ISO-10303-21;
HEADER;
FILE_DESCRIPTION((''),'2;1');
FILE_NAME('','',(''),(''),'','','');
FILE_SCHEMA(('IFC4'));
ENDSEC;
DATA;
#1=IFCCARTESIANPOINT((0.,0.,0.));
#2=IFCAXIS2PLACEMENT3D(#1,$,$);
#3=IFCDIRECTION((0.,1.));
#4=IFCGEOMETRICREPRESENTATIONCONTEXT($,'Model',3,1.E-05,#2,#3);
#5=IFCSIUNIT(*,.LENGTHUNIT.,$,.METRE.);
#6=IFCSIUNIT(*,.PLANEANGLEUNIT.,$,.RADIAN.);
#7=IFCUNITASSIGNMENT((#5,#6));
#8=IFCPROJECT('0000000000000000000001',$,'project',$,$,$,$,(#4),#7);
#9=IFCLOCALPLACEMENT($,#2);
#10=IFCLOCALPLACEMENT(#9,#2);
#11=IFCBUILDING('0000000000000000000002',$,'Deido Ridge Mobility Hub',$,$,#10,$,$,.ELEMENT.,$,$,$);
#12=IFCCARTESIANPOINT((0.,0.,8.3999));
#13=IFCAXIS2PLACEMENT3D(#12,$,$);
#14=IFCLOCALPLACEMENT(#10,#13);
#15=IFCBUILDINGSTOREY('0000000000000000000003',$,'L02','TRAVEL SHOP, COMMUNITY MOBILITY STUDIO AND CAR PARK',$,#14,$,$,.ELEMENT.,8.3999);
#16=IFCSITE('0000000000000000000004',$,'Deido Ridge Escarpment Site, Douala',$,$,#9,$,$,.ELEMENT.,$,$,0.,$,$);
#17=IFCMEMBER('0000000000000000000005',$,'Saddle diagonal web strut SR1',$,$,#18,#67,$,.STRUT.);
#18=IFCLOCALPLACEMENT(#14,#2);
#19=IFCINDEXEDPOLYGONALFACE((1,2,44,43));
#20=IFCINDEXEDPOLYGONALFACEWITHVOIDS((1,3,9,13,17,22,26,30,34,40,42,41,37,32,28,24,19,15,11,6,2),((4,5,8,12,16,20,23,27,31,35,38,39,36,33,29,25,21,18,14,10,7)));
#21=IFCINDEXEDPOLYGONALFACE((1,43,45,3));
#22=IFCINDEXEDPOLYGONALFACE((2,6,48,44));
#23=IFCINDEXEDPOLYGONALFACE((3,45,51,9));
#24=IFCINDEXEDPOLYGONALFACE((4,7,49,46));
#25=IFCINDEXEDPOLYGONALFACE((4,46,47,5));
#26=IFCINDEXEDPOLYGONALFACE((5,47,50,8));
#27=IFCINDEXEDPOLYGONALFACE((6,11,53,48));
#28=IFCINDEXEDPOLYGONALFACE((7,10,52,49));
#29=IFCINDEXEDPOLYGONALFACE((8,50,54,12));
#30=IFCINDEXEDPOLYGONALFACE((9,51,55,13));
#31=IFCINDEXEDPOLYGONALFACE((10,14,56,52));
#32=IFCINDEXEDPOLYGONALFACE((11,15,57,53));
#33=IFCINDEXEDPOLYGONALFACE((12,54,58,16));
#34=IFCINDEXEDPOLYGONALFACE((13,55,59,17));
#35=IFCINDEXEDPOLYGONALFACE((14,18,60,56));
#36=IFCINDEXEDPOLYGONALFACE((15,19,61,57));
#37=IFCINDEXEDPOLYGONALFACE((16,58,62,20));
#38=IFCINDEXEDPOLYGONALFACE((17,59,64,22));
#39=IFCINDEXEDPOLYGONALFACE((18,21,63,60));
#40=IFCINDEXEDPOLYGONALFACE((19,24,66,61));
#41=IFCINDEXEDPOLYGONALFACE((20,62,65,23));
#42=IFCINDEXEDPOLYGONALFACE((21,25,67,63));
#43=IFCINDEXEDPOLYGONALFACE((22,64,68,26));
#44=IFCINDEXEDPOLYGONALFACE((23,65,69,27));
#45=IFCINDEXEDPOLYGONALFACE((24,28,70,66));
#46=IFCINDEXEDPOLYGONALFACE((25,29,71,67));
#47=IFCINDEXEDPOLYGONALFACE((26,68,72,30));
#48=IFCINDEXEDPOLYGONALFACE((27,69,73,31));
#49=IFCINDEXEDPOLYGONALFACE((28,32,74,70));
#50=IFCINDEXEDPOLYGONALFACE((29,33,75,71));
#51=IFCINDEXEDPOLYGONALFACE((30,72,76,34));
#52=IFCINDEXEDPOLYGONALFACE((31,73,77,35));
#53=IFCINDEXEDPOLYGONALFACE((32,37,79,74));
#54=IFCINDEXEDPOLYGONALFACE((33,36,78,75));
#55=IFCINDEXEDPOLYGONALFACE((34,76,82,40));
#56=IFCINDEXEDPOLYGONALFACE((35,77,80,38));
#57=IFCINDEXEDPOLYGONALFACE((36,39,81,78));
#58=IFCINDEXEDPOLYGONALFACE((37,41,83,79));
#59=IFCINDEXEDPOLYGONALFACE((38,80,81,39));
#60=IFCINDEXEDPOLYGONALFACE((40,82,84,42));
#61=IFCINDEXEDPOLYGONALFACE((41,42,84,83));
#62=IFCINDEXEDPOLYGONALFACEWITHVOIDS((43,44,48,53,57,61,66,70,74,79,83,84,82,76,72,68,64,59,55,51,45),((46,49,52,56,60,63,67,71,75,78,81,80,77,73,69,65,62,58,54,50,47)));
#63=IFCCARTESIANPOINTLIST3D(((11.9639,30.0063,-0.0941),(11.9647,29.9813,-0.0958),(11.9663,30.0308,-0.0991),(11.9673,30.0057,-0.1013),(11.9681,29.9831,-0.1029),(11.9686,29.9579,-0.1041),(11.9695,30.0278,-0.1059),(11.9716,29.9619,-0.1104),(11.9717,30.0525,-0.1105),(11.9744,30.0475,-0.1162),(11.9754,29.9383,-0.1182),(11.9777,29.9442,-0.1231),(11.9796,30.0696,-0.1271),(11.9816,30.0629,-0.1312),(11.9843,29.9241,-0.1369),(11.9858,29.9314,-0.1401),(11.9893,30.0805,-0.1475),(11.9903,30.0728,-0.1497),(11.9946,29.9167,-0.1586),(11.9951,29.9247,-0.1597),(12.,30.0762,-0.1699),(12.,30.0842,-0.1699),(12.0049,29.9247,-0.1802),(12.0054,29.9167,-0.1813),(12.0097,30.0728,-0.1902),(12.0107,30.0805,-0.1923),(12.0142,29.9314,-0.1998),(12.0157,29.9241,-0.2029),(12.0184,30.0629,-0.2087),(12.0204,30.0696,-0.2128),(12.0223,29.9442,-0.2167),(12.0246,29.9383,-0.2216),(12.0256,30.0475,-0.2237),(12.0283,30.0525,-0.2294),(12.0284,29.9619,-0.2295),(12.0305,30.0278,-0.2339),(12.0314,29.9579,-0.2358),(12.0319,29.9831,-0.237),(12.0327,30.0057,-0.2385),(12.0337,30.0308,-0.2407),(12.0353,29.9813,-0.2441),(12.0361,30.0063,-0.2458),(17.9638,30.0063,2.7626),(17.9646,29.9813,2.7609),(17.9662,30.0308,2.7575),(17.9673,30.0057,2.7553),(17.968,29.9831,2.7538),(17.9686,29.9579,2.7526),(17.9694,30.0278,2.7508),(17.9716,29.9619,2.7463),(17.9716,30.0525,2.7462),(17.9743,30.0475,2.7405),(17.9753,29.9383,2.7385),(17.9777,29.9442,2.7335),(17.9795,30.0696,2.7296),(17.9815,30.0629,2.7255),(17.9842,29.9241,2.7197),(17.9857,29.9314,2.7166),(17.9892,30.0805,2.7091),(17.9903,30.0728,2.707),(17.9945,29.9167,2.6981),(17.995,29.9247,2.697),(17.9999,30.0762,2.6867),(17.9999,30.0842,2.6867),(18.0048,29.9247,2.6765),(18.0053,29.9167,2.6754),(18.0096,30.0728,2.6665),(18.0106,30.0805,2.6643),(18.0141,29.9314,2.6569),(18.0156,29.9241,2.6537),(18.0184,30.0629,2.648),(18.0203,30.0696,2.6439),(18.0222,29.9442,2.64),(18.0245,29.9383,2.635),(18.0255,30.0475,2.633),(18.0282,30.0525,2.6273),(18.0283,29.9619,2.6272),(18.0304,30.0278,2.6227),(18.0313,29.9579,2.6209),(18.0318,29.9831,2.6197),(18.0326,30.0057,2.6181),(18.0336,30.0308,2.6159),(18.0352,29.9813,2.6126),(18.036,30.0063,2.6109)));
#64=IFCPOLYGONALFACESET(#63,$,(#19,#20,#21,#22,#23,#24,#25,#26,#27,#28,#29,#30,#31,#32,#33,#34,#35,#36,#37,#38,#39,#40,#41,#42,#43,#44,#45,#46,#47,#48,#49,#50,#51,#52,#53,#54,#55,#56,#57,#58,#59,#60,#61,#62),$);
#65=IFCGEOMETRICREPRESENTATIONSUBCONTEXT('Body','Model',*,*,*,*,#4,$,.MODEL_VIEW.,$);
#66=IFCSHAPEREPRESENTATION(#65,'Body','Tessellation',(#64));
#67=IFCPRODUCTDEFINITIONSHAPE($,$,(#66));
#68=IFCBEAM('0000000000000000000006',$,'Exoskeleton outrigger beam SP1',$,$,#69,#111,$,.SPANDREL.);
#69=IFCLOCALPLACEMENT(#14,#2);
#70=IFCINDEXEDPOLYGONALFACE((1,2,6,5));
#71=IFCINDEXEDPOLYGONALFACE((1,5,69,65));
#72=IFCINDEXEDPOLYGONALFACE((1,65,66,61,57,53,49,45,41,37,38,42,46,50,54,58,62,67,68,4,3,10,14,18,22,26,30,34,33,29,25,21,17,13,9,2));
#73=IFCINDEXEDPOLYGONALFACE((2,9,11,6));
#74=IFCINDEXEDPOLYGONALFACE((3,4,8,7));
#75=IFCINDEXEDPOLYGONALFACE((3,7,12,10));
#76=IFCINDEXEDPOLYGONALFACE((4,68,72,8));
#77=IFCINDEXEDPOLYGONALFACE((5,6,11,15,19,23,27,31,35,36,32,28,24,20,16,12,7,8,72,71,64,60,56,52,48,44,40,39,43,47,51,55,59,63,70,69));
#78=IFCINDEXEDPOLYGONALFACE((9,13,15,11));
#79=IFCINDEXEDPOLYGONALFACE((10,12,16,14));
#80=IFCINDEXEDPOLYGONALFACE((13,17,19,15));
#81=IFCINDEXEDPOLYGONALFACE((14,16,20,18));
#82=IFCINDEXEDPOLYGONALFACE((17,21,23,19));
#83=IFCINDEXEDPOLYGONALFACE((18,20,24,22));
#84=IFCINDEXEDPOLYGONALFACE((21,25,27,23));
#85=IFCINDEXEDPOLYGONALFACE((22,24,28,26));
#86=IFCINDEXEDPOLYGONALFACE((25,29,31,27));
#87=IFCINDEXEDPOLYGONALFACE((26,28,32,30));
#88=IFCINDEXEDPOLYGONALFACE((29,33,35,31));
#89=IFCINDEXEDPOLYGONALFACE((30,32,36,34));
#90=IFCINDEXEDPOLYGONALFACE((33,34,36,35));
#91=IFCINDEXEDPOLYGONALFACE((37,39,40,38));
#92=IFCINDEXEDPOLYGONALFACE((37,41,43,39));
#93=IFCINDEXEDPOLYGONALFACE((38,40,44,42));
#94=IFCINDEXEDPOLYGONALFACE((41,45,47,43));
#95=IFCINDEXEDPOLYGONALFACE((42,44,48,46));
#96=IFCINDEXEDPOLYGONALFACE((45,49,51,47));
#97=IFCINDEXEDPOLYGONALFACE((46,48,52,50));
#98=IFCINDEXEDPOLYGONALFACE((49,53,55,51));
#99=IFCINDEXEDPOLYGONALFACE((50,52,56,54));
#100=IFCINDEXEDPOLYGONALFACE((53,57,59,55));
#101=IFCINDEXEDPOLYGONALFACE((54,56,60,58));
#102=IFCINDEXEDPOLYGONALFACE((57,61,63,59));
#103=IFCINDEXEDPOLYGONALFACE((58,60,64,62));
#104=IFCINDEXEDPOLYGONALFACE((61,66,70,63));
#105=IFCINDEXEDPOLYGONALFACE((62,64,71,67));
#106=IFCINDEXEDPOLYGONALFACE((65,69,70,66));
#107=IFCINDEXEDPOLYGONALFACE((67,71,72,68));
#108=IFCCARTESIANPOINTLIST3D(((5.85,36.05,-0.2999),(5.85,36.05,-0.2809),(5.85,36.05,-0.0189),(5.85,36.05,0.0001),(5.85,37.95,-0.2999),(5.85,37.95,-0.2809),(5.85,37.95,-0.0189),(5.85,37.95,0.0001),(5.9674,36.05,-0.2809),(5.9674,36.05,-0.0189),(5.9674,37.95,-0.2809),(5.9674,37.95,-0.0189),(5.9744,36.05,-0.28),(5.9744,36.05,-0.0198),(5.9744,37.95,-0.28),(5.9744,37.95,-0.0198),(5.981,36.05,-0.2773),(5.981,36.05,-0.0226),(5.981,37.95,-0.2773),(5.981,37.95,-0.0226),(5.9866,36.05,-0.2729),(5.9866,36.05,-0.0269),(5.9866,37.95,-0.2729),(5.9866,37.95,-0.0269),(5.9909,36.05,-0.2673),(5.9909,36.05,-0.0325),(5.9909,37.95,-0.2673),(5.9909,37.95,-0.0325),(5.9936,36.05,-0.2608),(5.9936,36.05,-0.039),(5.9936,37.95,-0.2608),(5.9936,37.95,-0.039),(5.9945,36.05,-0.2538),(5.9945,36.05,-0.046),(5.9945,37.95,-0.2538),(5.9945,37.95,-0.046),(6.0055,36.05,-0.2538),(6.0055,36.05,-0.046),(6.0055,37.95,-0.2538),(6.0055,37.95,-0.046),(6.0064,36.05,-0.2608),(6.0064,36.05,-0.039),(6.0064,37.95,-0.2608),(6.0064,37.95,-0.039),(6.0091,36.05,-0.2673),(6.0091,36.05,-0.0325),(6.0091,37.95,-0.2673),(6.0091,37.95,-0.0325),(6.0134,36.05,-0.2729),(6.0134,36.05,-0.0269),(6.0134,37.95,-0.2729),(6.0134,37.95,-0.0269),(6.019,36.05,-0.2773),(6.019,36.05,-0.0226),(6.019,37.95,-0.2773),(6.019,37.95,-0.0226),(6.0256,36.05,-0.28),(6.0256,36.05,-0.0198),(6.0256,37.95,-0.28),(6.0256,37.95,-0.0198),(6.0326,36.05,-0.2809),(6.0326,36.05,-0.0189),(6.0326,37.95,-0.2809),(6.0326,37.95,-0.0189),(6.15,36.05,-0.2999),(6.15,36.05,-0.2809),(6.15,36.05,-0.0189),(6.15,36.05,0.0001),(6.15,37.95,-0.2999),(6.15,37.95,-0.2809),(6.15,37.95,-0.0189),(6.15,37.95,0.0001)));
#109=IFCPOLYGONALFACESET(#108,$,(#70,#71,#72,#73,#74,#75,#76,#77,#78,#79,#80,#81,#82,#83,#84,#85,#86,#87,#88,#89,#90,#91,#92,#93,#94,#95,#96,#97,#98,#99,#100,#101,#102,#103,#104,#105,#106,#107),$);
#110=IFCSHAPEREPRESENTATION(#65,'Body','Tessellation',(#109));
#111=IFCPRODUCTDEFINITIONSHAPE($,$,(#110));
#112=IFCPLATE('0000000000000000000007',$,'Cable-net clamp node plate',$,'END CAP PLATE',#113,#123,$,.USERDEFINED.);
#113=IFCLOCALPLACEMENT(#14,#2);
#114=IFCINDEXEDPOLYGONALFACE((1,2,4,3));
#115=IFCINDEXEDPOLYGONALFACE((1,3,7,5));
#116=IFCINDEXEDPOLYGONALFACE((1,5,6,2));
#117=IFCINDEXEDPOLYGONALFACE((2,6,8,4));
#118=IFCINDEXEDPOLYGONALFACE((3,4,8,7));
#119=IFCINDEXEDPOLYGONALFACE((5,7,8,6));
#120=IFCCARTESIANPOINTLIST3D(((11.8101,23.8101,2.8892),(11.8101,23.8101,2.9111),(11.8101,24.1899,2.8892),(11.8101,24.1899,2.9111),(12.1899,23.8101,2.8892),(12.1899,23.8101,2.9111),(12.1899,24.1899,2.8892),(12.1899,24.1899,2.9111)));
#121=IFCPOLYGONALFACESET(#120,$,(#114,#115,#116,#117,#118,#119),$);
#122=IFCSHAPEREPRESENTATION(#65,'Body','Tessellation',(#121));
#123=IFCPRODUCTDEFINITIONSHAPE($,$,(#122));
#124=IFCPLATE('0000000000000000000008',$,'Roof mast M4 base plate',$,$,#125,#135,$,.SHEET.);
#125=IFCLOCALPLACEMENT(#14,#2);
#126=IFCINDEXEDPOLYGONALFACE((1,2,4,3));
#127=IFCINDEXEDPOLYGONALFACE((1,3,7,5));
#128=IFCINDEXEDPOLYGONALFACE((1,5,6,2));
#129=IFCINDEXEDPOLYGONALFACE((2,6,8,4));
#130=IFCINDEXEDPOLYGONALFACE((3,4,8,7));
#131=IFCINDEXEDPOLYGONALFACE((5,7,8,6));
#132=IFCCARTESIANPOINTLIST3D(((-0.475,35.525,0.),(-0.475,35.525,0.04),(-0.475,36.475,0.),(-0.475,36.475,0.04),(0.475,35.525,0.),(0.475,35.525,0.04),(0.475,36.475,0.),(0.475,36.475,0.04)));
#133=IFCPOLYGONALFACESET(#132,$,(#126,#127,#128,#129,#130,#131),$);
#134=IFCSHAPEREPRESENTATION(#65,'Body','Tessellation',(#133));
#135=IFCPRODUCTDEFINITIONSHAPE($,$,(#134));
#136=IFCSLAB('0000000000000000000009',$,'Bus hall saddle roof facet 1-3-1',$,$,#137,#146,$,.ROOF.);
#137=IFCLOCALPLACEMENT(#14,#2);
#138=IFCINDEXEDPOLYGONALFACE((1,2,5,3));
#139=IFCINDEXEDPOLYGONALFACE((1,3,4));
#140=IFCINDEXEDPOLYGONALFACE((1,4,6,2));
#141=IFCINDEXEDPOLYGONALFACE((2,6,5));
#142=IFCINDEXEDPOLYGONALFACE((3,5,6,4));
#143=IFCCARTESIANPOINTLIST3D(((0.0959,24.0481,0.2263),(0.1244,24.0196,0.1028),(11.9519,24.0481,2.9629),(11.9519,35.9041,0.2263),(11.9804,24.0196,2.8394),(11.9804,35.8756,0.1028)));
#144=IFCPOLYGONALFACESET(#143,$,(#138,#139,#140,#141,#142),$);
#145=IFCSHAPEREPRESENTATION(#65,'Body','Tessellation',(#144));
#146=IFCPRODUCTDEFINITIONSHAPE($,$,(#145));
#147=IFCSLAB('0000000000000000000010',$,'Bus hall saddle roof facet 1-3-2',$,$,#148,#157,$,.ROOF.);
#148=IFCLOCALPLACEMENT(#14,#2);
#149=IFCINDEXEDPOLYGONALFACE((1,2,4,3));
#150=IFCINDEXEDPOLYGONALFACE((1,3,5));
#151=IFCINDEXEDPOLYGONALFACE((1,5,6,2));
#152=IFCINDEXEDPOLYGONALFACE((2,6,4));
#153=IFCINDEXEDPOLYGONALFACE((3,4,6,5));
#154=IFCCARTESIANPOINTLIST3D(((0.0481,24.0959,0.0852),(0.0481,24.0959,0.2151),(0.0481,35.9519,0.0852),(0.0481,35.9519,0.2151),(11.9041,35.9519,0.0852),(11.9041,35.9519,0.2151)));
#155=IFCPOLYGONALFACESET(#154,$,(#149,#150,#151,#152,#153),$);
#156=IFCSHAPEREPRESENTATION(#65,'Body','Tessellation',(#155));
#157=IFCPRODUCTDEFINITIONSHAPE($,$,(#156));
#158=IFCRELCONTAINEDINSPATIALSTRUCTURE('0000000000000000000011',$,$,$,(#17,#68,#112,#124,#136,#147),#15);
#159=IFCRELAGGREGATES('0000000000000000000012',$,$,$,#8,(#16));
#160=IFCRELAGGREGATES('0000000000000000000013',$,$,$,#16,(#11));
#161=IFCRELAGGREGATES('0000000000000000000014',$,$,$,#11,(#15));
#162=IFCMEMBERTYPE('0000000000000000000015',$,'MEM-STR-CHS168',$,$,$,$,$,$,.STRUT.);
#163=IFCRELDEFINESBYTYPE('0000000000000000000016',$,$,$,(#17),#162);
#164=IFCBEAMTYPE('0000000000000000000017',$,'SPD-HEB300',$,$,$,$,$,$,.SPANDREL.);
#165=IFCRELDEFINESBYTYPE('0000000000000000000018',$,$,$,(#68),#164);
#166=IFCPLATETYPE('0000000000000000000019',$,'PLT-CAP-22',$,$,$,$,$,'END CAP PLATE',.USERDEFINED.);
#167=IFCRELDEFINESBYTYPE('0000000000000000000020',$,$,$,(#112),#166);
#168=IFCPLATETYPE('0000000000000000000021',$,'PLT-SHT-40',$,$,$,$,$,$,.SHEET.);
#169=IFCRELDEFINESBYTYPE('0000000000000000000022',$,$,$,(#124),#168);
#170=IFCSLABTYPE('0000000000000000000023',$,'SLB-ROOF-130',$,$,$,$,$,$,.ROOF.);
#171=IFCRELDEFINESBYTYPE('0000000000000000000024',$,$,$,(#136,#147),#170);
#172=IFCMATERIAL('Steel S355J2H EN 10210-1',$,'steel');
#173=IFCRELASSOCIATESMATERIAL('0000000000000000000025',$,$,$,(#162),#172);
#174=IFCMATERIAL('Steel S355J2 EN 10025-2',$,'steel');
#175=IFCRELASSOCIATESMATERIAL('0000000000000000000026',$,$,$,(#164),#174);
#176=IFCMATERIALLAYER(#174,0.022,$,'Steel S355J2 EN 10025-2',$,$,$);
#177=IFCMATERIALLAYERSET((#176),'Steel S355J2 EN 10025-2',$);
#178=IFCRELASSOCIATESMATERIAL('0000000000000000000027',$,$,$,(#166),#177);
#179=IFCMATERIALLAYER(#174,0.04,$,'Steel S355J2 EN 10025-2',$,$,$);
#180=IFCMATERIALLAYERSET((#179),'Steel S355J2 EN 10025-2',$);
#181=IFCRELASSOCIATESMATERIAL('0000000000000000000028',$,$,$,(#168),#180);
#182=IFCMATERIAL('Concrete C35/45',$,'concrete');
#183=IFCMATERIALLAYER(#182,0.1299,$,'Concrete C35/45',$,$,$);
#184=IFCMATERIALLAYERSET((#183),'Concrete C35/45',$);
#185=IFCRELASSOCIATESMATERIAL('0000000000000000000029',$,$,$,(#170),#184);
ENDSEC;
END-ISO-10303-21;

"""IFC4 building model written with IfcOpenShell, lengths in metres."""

from ifc_helpers import new_model, si_unit, direction, frame, origin, origin_2d, place, context, subcontext, project, spatial, polyline, rectangle, hollow_circle, i_section, outline, extrude, material, layer, layer_set, material_profile, profile_set, type_object, element, save


model = new_model("IFC4")

# Units and contexts
model_context = context("Model", 3, precision=1e-05, world=origin(), true_north=direction((0.0, 1.0)))
body_context = subcontext(model_context, "Body", "Model", "MODEL_VIEW")
ifc_project = project(units=[si_unit("LENGTHUNIT", "METRE"), si_unit("PLANEANGLEUNIT", "RADIAN")], contexts=[model_context])

# Site, building, storey
site_placement = place(None, origin())
site = spatial("IfcSite", under=ifc_project, at=site_placement, Name="Deido Ridge Escarpment Site, Douala", CompositionType="ELEMENT", RefElevation=0.0)
building_placement = place(site_placement, origin())
building = spatial("IfcBuilding", under=site, at=building_placement, Name="Deido Ridge Mobility Hub", CompositionType="ELEMENT")
storey_placement = place(building_placement, frame((0.0, 0.0, 8.3999)))
storey = spatial("IfcBuildingStorey", under=building, at=storey_placement, Name="L02", Description="TRAVEL SHOP, COMMUNITY MOBILITY STUDIO AND CAR PARK", CompositionType="ELEMENT", Elevation=8.3999)

# Shared definitions
ifc_material_1 = material(Name="Steel S355J2H EN 10210-1", Category="steel")

# Shared definitions
ifc_material_2 = material(Name="Steel S355J2 EN 10025-2", Category="steel")

# Member
ifc_material_profile_1 = material_profile(ifc_material_1, hollow_circle(Radius=0.0842, WallThickness=0.0081, at=origin_2d()), Name="CHS 168.3x8")
ifc_profile_set_1 = profile_set([ifc_material_profile_1], Name="Steel S355J2H EN 10210-1")
member_type_1 = type_object("IfcMemberType", Name="MEM-STR-CHS168", PredefinedType="STRUT", material=ifc_profile_set_1)
for number, where, z_axis, x_axis, name in (
    (1, (12.0, 30.0, -0.1699), (0.902887, 0.0, 0.429878), (0.0, 1.0, 0.0), "Saddle diagonal web strut SR1"),
):
    element("IfcMember", number, at=place(storey_placement, frame(where, z_axis=z_axis, x_axis=x_axis)), inside=storey, type_object=member_type_1, Name=name, PredefinedType="STRUT", context=body_context, shape_type="SweptSolid", body=[
        extrude(hollow_circle(Radius=0.0842, WallThickness=0.0081, at=origin_2d()), origin(), (0.0, 0.0, 1.0), 6.6453),
    ])

# Beam
ifc_material_profile_2 = material_profile(ifc_material_2, i_section(OverallWidth=0.3, OverallDepth=0.3, WebThickness=0.011, FlangeThickness=0.019, FilletRadius=0.0271, at=origin_2d()), Name="HEB 300")
ifc_profile_set_2 = profile_set([ifc_material_profile_2], Name="Steel S355J2 EN 10025-2")
beam_type_1 = type_object("IfcBeamType", Name="SPD-HEB300", PredefinedType="SPANDREL", material=ifc_profile_set_2)
beam_1_placement = place(storey_placement, frame((6.0, 36.05, -0.1499), z_axis=(0.0, 1.0, 0.0), x_axis=(-1.0, 0.0, 0.0)))
element("IfcBeam", 2, at=beam_1_placement, inside=storey, type_object=beam_type_1, Name="Exoskeleton outrigger beam SP1", PredefinedType="SPANDREL", context=body_context, shape_type="SweptSolid", body=[
    extrude(i_section(OverallWidth=0.3, OverallDepth=0.3, WebThickness=0.011, FlangeThickness=0.019, FilletRadius=0.0271, at=origin_2d()), origin(), (0.0, 0.0, 1.0), 1.8999),
])

# Plates
ifc_layer_1 = layer(ifc_material_2, 0.022, Name="Steel S355J2 EN 10025-2")
ifc_layer_set_1 = layer_set([ifc_layer_1], Name="Steel S355J2 EN 10025-2")
plate_type_1 = type_object("IfcPlateType", Name="PLT-CAP-22", ElementType="END CAP PLATE", PredefinedType="USERDEFINED", material=ifc_layer_set_1)
plate_1_placement = place(storey_placement, frame((12.0, 24.0, 2.8892), z_axis=(0.0, 0.0, 1.0), x_axis=(1.0, 0.0, 0.0)))
element("IfcPlate", 3, at=plate_1_placement, inside=storey, type_object=plate_type_1, Name="Cable-net clamp node plate", ObjectType="END CAP PLATE", PredefinedType="USERDEFINED", context=body_context, shape_type="SweptSolid", body=[
    extrude(rectangle(XDim=0.3799, YDim=0.3799, at=origin_2d()), origin(), (0.0, 0.0, 1.0), 0.022),
])
ifc_layer_2 = layer(ifc_material_2, 0.04, Name="Steel S355J2 EN 10025-2")
ifc_layer_set_2 = layer_set([ifc_layer_2], Name="Steel S355J2 EN 10025-2")
plate_type_2 = type_object("IfcPlateType", Name="PLT-SHT-40", PredefinedType="SHEET", material=ifc_layer_set_2)
plate_2_placement = place(storey_placement, frame((0.0, 36.0, 0.0), z_axis=(0.0, 0.0, 1.0), x_axis=(1.0, 0.0, 0.0)))
element("IfcPlate", 4, at=plate_2_placement, inside=storey, type_object=plate_type_2, Name="Roof mast M4 base plate", PredefinedType="SHEET", context=body_context, shape_type="SweptSolid", body=[
    extrude(rectangle(XDim=0.95, YDim=0.95, at=origin_2d()), origin(), (0.0, 0.0, 1.0), 0.04),
])

# Slabs
ifc_material_3 = material(Name="Concrete C35/45", Category="concrete")
ifc_layer_3 = layer(ifc_material_3, 0.1299, Name="Concrete C35/45")
ifc_layer_set_3 = layer_set([ifc_layer_3], Name="Concrete C35/45")
slab_type = type_object("IfcSlabType", Name="SLB-ROOF-130", PredefinedType="ROOF", material=ifc_layer_set_3)
slab_1_placement = place(storey_placement, frame((0.0959, 24.0481, 0.2263), z_axis=(-0.219424, 0.219424, 0.950635), x_axis=(0.974381, 0.0, 0.224905)))
element("IfcSlab", 5, at=slab_1_placement, inside=storey, type_object=slab_type, Name="Bus hall saddle roof facet 1-3-1", PredefinedType="ROOF", context=body_context, shape_type="SweptSolid", body=[
    extrude(outline(polyline([(0.0, 0.0), (12.1677, 0.0), (11.5522, 12.1521), (0.0, 0.0)])), origin(), (0.0, 0.0, -1.0), 0.1299),
])
slab_2_placement = place(storey_placement, frame((0.0481, 24.0959, 0.2151), z_axis=(0.0, 0.0, 1.0), x_axis=(0.707107, 0.707107, 0.0)))
element("IfcSlab", 6, at=slab_2_placement, inside=storey, type_object=slab_type, Name="Bus hall saddle roof facet 1-3-2", PredefinedType="ROOF", context=body_context, shape_type="SweptSolid", body=[
    extrude(outline(polyline([(0.0, 0.0), (16.7669, 0.0), (8.3834, 8.3834), (0.0, 0.0)])), origin(), (0.0, 0.0, -1.0), 0.1299),
])

save(model, "model.ifc")
